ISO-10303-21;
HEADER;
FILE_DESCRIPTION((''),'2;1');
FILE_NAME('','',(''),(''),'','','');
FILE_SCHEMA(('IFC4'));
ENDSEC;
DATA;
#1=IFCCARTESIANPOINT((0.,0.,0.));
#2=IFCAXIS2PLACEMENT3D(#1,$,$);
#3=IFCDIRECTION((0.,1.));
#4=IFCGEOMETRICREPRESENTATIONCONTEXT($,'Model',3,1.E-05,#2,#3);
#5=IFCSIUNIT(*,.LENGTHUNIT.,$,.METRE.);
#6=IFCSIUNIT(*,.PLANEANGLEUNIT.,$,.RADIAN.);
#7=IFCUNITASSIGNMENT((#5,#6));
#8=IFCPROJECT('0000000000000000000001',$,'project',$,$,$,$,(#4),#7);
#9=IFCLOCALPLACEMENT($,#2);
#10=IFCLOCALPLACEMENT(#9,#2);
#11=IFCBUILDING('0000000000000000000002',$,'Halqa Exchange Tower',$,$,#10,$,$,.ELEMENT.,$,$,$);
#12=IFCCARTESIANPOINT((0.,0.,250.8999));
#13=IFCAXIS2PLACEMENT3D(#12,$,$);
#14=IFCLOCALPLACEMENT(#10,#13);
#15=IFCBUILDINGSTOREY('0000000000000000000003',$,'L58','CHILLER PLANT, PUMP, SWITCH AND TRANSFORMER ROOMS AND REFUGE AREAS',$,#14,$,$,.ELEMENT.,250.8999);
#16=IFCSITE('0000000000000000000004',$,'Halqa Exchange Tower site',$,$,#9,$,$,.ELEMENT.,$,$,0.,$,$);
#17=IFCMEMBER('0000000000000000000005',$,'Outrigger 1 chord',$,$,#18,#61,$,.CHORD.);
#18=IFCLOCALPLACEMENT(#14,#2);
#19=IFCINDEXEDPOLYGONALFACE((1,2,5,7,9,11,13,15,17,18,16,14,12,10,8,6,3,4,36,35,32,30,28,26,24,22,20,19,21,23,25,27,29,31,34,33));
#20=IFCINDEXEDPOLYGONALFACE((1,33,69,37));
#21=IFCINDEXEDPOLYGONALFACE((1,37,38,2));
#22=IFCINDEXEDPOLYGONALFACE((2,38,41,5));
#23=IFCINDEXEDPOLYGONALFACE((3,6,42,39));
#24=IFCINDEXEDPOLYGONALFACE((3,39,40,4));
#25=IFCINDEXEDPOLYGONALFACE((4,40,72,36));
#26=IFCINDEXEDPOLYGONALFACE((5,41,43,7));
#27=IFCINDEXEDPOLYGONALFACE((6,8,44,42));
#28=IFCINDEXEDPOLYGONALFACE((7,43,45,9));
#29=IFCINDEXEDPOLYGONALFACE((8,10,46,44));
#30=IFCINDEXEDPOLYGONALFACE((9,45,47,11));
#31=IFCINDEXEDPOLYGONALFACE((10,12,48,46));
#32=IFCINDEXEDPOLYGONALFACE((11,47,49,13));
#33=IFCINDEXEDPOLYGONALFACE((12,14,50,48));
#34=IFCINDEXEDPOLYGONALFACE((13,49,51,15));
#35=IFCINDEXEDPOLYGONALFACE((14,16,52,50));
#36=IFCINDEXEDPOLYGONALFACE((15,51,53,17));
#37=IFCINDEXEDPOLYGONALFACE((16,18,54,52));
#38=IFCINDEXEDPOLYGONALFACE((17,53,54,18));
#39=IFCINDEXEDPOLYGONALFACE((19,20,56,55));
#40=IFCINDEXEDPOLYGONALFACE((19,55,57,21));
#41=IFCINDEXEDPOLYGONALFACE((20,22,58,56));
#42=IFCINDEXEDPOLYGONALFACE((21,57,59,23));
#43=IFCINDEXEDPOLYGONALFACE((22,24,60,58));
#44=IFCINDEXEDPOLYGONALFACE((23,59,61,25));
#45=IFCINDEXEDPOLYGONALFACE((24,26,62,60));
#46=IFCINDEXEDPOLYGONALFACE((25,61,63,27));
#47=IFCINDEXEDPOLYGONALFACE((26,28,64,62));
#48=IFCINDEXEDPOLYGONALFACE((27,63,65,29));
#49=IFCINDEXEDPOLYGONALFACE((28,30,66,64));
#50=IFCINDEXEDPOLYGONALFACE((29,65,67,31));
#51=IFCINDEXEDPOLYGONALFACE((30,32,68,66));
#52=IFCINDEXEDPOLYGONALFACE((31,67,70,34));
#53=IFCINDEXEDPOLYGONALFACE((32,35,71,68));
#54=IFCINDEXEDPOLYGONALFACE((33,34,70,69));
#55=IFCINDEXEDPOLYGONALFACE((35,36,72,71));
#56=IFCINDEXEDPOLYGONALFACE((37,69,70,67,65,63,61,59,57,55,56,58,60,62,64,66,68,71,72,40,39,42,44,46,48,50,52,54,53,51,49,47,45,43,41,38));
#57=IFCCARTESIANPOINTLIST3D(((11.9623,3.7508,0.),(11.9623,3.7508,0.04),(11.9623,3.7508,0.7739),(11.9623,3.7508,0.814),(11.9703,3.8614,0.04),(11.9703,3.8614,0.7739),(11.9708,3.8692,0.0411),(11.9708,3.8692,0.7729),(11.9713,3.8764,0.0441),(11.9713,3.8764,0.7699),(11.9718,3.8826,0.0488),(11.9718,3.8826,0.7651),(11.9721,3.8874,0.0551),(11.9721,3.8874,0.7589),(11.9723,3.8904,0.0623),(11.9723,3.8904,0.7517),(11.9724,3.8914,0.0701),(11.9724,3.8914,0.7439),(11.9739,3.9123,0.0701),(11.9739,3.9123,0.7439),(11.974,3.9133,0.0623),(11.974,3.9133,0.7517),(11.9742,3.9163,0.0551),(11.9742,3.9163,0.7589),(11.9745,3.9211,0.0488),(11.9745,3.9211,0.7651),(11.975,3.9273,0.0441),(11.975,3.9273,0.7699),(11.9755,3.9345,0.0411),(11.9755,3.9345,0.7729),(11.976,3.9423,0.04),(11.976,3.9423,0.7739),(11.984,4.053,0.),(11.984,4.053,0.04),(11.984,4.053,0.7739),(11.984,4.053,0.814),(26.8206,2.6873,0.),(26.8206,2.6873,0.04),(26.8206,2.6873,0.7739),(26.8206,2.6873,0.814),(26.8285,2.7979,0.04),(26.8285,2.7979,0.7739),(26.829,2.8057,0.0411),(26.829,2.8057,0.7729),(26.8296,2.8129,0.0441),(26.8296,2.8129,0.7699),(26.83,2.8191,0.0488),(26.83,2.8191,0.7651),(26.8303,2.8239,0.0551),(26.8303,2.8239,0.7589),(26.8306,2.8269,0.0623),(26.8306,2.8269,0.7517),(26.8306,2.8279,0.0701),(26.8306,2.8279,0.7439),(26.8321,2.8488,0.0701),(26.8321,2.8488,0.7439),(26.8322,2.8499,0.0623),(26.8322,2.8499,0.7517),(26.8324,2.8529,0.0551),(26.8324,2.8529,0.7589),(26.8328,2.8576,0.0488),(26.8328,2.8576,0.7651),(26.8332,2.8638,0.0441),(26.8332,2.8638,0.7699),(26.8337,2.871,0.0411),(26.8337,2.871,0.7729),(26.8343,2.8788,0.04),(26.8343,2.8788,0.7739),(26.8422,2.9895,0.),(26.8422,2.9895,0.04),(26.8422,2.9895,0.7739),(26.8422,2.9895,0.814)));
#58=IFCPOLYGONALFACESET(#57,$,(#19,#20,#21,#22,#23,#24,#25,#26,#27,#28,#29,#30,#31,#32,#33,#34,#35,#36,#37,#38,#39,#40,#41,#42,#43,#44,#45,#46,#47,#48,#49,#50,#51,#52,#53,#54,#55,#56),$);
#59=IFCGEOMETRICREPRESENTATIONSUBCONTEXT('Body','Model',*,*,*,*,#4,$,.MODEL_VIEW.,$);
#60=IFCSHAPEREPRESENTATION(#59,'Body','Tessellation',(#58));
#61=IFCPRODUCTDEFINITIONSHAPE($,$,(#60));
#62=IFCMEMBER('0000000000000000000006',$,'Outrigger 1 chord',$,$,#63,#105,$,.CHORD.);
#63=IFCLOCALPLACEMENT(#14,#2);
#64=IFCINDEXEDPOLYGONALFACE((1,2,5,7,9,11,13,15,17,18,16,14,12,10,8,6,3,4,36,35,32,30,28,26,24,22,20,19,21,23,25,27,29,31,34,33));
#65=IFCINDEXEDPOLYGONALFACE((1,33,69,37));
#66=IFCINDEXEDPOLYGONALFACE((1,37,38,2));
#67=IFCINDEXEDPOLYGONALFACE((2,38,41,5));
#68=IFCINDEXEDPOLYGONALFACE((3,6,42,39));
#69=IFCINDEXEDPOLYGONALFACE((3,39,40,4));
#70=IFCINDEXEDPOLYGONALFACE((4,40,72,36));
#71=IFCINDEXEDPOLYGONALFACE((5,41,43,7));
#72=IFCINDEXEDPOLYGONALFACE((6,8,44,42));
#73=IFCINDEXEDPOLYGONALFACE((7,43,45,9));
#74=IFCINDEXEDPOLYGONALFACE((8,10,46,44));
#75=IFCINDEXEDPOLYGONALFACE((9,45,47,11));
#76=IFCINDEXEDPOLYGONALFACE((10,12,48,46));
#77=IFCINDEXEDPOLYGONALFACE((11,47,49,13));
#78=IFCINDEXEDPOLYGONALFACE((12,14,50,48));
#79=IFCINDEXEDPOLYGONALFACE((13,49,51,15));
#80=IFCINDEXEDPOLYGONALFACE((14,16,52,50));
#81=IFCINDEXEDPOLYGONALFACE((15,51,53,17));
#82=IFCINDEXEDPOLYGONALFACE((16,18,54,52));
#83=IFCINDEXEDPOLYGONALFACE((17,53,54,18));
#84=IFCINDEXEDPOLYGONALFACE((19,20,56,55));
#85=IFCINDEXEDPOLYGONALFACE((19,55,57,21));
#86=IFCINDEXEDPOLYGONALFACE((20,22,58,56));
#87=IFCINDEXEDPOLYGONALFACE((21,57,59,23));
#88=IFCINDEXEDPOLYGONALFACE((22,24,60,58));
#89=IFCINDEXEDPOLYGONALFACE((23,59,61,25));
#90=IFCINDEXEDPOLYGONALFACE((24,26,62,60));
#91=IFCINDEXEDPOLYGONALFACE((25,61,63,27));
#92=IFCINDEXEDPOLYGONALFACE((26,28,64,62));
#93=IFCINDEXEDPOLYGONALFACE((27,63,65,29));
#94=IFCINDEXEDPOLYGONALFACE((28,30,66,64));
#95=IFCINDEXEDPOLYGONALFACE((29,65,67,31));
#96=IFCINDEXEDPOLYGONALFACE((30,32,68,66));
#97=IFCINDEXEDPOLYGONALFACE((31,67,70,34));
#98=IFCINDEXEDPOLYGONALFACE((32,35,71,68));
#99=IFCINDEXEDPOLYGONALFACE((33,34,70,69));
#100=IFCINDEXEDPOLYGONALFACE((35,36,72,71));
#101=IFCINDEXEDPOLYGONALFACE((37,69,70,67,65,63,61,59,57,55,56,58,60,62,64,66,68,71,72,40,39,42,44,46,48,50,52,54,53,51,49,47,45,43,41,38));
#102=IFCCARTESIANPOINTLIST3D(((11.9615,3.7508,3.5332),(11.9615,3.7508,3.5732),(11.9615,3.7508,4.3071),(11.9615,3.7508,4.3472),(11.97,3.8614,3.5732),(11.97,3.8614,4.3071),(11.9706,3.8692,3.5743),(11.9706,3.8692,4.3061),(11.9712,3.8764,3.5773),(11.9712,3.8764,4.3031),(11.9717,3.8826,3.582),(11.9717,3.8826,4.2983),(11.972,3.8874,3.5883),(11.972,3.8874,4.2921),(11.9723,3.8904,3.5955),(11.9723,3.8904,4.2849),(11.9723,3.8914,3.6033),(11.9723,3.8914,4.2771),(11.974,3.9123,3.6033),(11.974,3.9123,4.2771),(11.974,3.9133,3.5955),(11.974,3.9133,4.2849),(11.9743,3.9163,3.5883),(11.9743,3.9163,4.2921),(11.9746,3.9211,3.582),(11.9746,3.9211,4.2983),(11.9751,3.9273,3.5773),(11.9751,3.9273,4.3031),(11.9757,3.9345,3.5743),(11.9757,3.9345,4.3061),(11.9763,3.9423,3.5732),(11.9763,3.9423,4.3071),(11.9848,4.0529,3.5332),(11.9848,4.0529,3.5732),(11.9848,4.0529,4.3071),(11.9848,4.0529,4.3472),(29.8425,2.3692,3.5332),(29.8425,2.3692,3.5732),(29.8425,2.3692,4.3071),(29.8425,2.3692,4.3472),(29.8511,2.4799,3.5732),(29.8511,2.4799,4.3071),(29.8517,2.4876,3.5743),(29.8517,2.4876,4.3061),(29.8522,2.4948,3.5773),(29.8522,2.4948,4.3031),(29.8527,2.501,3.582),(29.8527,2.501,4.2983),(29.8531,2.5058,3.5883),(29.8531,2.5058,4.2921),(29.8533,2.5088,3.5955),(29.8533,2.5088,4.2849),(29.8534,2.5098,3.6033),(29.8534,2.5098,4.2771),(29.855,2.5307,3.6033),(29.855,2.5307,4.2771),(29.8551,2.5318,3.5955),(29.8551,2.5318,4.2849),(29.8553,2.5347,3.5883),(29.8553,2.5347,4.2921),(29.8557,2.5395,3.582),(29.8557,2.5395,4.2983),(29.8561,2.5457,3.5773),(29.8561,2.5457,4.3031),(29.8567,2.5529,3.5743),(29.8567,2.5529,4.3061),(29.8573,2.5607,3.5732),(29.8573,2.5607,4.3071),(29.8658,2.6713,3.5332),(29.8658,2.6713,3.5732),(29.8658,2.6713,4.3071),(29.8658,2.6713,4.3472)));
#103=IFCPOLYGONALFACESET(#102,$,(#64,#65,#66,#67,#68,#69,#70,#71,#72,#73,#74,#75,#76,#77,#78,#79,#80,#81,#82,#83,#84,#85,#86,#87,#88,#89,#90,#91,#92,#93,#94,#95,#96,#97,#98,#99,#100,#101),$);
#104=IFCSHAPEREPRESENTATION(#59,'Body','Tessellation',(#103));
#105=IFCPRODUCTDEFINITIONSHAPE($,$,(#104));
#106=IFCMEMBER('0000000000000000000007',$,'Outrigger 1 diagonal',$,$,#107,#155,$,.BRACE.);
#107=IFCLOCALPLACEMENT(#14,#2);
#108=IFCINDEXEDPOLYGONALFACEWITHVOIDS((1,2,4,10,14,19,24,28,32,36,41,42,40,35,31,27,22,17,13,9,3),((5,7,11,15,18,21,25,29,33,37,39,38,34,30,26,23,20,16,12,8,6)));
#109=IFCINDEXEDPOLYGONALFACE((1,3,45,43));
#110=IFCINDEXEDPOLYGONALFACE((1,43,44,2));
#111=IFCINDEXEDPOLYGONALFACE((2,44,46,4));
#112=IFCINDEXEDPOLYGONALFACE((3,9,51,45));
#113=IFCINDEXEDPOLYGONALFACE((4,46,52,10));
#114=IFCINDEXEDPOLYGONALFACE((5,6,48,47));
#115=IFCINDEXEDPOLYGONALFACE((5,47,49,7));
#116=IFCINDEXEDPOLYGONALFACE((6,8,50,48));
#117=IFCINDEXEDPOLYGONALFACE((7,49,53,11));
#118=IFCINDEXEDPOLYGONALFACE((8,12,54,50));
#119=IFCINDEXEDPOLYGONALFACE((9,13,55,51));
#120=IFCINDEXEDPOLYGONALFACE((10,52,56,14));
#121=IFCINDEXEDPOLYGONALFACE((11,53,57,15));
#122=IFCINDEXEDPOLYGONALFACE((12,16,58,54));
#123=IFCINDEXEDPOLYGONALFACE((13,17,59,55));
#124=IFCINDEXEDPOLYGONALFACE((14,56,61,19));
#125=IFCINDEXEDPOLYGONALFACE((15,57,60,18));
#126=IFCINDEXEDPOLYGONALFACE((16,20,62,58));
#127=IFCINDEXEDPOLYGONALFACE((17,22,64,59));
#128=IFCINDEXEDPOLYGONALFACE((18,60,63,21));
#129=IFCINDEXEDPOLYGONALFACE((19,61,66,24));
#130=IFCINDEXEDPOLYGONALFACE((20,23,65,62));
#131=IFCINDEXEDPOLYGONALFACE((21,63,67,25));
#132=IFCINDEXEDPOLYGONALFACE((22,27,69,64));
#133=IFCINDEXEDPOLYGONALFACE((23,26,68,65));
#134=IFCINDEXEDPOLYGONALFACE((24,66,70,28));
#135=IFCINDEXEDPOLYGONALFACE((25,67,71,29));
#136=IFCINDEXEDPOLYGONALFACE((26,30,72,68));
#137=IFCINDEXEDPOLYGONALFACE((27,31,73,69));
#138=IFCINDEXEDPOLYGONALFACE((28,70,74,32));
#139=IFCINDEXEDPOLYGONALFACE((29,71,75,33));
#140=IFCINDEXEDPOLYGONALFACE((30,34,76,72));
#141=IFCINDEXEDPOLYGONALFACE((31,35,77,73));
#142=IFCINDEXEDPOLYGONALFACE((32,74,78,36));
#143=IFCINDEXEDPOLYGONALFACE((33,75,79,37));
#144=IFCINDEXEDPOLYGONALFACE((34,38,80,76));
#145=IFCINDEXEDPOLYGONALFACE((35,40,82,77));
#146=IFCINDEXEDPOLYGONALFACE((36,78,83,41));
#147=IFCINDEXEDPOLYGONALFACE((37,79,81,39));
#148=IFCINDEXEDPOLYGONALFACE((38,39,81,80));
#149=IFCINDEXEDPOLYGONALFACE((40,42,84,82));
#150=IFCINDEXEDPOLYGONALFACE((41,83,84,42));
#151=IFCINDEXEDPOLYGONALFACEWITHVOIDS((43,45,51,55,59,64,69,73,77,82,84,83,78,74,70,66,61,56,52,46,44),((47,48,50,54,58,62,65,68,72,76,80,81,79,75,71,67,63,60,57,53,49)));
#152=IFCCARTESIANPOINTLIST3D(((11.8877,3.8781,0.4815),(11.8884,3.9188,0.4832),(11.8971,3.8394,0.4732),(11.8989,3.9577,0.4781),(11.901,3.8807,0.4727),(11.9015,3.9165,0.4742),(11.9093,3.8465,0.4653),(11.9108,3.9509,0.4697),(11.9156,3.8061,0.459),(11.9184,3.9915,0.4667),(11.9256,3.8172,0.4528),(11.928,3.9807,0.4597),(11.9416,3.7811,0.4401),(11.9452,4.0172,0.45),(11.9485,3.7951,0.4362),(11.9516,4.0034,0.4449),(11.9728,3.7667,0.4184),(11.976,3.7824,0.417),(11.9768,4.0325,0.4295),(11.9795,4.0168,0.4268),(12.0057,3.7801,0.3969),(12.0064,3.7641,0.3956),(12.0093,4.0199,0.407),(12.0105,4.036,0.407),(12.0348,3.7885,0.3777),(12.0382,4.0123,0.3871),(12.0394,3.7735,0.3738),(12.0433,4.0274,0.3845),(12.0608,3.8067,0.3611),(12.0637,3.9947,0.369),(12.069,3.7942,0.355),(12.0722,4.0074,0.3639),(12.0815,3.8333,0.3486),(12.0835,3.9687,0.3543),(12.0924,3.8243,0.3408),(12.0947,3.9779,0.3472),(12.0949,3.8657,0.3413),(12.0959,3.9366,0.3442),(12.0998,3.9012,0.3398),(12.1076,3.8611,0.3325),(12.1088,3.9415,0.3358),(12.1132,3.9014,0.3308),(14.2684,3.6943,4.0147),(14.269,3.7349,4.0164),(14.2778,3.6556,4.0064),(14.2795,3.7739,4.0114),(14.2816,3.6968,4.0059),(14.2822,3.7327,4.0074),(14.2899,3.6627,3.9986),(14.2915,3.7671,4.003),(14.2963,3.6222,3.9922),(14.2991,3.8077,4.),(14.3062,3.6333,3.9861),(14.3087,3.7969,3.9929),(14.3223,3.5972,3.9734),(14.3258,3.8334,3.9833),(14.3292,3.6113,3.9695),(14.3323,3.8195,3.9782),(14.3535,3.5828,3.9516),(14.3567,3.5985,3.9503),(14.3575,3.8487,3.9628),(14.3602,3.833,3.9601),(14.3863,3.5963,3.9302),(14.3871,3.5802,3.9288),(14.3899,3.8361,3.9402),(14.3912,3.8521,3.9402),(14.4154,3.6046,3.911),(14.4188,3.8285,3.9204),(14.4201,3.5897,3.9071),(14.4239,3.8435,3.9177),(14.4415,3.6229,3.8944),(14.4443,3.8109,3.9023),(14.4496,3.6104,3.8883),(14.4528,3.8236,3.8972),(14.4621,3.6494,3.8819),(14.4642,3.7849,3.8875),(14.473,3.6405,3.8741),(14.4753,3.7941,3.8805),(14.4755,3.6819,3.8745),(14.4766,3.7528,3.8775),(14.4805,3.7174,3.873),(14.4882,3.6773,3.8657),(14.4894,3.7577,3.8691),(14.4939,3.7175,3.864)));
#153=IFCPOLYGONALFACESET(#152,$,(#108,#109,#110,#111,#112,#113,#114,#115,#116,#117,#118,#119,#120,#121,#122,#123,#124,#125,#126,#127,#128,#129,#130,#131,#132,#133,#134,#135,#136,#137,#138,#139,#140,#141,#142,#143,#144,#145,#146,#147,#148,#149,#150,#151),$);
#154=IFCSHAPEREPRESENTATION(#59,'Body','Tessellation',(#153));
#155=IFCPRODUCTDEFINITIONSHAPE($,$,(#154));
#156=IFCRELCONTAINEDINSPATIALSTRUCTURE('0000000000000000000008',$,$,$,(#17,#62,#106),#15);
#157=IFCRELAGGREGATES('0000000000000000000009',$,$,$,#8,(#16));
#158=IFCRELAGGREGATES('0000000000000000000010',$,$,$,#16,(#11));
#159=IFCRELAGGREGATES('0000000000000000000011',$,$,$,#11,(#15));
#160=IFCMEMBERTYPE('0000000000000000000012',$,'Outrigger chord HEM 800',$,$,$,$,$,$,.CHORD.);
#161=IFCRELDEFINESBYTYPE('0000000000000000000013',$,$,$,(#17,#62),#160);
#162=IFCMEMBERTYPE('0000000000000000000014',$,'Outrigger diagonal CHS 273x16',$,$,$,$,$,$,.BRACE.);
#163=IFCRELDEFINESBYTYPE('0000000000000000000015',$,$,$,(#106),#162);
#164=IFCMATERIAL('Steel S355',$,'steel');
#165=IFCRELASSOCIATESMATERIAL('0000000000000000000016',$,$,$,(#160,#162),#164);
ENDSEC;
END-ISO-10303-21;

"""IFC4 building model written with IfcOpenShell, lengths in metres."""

from ifc_helpers import new_model, si_unit, direction, frame, origin, origin_2d, place, context, subcontext, project, spatial, hollow_circle, i_section, extrude, material, material_profile, profile_set, type_object, element, save


model = new_model("IFC4")

# Units and contexts
model_context = context("Model", 3, precision=1e-05, world=origin(), true_north=direction((0.0, 1.0)))
body_context = subcontext(model_context, "Body", "Model", "MODEL_VIEW")
ifc_project = project(units=[si_unit("LENGTHUNIT", "METRE"), si_unit("PLANEANGLEUNIT", "RADIAN")], contexts=[model_context])

# Site, building, storey
site_placement = place(None, origin())
site = spatial("IfcSite", under=ifc_project, at=site_placement, Name="Halqa Exchange Tower site", CompositionType="ELEMENT", RefElevation=0.0)
building_placement = place(site_placement, origin())
building = spatial("IfcBuilding", under=site, at=building_placement, Name="Halqa Exchange Tower", CompositionType="ELEMENT")
storey_placement = place(building_placement, frame((0.0, 0.0, 250.8999)))
storey = spatial("IfcBuildingStorey", under=building, at=storey_placement, Name="L58", Description="CHILLER PLANT, PUMP, SWITCH AND TRANSFORMER ROOMS AND REFUGE AREAS", CompositionType="ELEMENT", Elevation=250.8999)

# Shared definitions
ifc_material_1 = material(Name="Steel S355", Category="steel")

# Members
ifc_material_profile_1 = material_profile(ifc_material_1, i_section(OverallWidth=0.303, OverallDepth=0.814, WebThickness=0.021, FlangeThickness=0.04, FilletRadius=0.03, at=origin_2d()), Name="HEM 800")
ifc_profile_set_1 = profile_set([ifc_material_profile_1], Name="Steel S355")
member_type_1 = type_object("IfcMemberType", Name="Outrigger chord HEM 800", PredefinedType="CHORD", material=ifc_profile_set_1)
member_1_placement = place(storey_placement, frame((11.9731, 3.9019, 0.407), z_axis=(0.997448, -0.071393, 0.0), x_axis=(0.071393, 0.997448, 0.0)))
element("IfcMember", 1, at=member_1_placement, inside=storey, type_object=member_type_1, Name="Outrigger 1 chord", PredefinedType="CHORD", context=body_context, shape_type="SweptSolid", body=[
    extrude(i_section(OverallWidth=0.303, OverallDepth=0.814, WebThickness=0.021, FlangeThickness=0.04, FilletRadius=0.03, at=origin_2d()), origin(), (0.0, 0.0, 1.0), 14.8962),
])
member_2_placement = place(storey_placement, frame((11.9731, 3.9019, 3.9402), z_axis=(0.997028, -0.077036, 0.0), x_axis=(0.077036, 0.997028, 0.0)))
element("IfcMember", 2, at=member_2_placement, inside=storey, type_object=member_type_1, Name="Outrigger 1 chord", PredefinedType="CHORD", context=body_context, shape_type="SweptSolid", body=[
    extrude(i_section(OverallWidth=0.303, OverallDepth=0.814, WebThickness=0.021, FlangeThickness=0.04, FilletRadius=0.03, at=origin_2d()), origin(), (0.0, 0.0, 1.0), 17.9343),
])
ifc_material_profile_2 = material_profile(ifc_material_1, hollow_circle(Radius=0.1365, WallThickness=0.0161, at=origin_2d()), Name="CHS 273x16")
ifc_profile_set_2 = profile_set([ifc_material_profile_2], Name="Steel S355")
member_type_2 = type_object("IfcMemberType", Name="Outrigger diagonal CHS 273x16", PredefinedType="BRACE", material=ifc_profile_set_2)
member_3_placement = place(storey_placement, frame((12.0, 3.8999, 0.407), z_axis=(0.55826, -0.04311, 0.828545), x_axis=(0.076994, 0.997032, 0.0)))
element("IfcMember", 3, at=member_3_placement, inside=storey, type_object=member_type_2, Name="Outrigger 1 diagonal", PredefinedType="BRACE", context=body_context, shape_type="SweptSolid", body=[
    extrude(hollow_circle(Radius=0.1365, WallThickness=0.0161, at=origin_2d()), origin(), (0.0, 0.0, 1.0), 4.2644),
])

save(model, "model.ifc")
